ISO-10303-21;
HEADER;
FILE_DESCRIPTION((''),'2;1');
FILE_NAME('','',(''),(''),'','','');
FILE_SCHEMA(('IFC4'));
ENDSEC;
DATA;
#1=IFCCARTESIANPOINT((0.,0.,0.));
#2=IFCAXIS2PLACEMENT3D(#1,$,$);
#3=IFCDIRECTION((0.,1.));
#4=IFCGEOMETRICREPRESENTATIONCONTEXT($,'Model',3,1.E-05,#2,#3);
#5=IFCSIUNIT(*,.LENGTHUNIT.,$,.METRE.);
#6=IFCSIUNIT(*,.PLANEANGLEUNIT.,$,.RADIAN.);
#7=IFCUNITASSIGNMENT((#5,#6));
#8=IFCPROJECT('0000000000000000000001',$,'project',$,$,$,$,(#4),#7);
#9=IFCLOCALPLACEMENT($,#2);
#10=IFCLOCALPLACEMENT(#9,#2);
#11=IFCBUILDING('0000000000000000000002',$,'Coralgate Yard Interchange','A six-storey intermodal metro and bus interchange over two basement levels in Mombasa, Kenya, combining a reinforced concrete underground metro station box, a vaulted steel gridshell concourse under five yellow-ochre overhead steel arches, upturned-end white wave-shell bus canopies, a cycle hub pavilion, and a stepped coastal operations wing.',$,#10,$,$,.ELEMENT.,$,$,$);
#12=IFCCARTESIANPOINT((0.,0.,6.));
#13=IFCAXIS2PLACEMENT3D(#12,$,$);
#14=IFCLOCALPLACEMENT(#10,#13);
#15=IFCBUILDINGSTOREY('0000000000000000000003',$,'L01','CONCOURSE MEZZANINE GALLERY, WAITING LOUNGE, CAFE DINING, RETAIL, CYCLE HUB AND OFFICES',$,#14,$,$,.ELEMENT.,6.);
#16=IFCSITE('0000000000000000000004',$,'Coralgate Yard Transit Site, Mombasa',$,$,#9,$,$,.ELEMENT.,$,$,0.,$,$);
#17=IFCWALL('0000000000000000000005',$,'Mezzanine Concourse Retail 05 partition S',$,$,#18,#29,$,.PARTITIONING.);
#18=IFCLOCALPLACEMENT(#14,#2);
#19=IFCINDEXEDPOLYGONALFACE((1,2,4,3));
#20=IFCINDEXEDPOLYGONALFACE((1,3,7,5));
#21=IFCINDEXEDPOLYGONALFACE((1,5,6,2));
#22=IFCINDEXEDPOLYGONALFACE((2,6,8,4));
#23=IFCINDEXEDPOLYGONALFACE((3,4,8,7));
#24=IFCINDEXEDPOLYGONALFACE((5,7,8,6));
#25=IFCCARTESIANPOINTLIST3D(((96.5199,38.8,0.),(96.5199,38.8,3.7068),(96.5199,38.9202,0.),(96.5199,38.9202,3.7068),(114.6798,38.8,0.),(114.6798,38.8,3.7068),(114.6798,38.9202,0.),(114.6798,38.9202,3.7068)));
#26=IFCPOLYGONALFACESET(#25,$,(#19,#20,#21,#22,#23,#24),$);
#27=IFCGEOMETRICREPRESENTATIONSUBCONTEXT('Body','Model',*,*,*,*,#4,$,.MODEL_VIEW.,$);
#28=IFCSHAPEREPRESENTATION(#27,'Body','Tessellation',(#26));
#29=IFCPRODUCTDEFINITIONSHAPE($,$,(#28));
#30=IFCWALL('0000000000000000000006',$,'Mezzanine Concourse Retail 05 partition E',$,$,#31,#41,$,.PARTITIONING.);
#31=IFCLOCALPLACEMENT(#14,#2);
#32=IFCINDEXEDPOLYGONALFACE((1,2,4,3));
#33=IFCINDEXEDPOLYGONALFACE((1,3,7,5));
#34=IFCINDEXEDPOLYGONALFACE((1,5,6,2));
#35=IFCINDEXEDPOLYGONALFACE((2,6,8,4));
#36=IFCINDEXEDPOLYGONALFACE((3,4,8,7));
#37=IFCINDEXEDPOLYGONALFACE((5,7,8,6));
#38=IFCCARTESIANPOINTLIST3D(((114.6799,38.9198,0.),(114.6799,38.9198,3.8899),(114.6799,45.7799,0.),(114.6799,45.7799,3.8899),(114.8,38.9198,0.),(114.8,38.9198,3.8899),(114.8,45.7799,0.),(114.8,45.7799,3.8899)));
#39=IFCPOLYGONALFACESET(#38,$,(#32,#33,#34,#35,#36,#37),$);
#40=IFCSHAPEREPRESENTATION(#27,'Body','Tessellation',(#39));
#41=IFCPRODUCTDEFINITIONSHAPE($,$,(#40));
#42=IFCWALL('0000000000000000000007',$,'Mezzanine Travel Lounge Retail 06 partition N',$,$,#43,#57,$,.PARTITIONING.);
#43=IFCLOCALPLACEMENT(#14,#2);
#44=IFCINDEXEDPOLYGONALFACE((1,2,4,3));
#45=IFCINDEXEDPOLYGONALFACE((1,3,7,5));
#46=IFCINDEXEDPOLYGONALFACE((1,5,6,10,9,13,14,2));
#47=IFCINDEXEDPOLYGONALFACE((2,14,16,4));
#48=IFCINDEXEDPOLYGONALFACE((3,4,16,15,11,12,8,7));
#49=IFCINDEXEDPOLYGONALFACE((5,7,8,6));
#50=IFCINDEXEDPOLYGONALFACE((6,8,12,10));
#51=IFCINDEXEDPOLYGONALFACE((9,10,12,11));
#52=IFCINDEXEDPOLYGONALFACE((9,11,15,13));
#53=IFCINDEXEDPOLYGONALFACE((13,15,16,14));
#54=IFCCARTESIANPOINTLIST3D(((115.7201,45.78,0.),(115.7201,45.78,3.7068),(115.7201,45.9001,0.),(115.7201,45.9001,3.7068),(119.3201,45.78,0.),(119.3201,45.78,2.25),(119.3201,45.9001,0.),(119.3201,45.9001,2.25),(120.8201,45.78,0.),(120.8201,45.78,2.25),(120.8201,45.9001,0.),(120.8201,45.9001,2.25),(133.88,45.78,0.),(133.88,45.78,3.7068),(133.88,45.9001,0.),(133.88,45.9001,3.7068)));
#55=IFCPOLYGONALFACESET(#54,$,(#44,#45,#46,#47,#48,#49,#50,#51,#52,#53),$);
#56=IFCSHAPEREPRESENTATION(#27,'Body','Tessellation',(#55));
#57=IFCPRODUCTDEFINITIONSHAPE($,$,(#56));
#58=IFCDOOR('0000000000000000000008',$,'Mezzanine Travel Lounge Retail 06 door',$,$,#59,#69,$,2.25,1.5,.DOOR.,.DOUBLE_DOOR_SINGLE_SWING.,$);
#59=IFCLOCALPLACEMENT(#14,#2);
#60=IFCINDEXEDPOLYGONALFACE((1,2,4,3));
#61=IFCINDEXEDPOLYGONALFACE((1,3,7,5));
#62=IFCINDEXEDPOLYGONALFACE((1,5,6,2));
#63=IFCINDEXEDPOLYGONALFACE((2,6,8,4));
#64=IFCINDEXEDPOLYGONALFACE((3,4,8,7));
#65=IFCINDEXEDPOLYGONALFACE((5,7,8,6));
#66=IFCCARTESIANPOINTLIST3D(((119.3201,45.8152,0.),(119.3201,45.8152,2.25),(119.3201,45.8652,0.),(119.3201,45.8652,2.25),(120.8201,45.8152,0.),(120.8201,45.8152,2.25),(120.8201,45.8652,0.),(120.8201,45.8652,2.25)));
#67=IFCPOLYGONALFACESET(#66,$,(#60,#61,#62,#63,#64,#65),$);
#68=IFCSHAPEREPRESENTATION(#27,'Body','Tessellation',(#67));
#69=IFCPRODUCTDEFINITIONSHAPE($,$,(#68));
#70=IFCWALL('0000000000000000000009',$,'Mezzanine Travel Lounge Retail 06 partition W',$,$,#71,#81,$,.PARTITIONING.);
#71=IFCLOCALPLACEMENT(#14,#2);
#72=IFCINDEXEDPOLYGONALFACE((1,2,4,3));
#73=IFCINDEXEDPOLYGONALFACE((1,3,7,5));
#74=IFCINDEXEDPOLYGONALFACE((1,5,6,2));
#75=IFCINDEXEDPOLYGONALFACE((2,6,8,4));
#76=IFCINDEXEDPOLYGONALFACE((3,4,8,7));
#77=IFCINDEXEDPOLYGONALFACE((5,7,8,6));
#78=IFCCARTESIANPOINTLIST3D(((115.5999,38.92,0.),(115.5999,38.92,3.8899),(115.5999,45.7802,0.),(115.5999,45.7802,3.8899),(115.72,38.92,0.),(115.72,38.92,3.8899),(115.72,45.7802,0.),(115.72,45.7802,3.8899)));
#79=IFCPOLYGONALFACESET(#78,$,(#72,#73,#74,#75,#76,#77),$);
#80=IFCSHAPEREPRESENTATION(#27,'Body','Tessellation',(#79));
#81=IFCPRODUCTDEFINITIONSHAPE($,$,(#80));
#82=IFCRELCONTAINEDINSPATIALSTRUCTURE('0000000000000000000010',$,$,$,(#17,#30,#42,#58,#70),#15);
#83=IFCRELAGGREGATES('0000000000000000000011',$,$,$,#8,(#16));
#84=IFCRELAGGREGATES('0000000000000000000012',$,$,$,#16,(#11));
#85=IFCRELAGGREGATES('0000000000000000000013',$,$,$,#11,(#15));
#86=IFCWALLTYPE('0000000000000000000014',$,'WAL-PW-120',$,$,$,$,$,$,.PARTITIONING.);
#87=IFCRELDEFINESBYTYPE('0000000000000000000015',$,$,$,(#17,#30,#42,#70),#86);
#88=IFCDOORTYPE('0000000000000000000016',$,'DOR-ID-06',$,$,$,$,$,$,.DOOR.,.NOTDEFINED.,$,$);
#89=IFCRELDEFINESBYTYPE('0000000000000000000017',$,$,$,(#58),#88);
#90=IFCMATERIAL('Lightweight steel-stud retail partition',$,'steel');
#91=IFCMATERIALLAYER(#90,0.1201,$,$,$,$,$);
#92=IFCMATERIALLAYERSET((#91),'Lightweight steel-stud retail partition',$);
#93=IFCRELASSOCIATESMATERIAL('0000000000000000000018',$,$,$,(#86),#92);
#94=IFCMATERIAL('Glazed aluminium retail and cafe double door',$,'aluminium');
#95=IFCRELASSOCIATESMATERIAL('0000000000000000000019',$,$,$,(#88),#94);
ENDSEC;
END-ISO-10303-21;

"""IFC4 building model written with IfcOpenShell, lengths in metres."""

from ifc_helpers import new_model, si_unit, direction, frame, frame_2d, origin, place, context, subcontext, project, spatial, rectangle, extrude, material, layer, layer_set, type_object, element, fill, save


model = new_model("IFC4")

# Units and contexts
model_context = context("Model", 3, precision=1e-05, world=origin(), true_north=direction((0.0, 1.0)))
body_context = subcontext(model_context, "Body", "Model", "MODEL_VIEW")
ifc_project = project(units=[si_unit("LENGTHUNIT", "METRE"), si_unit("PLANEANGLEUNIT", "RADIAN")], contexts=[model_context])

# Site, building, storey
site_placement = place(None, origin())
site = spatial("IfcSite", under=ifc_project, at=site_placement, Name="Coralgate Yard Transit Site, Mombasa", CompositionType="ELEMENT", RefElevation=0.0)
building_placement = place(site_placement, origin())
building = spatial("IfcBuilding", under=site, at=building_placement, Name="Coralgate Yard Interchange", Description="A six-storey intermodal metro and bus interchange over two basement levels in Mombasa, Kenya, combining a reinforced concrete underground metro station box, a vaulted steel gridshell concourse under five yellow-ochre overhead steel arches, upturned-end white wave-shell bus canopies, a cycle hub pavilion, and a stepped coastal operations wing.", CompositionType="ELEMENT")
storey_placement = place(building_placement, frame((0.0, 0.0, 6.0)))
storey = spatial("IfcBuildingStorey", under=building, at=storey_placement, Name="L01", Description="CONCOURSE MEZZANINE GALLERY, WAITING LOUNGE, CAFE DINING, RETAIL, CYCLE HUB AND OFFICES", CompositionType="ELEMENT", Elevation=6.0)

# Walls
ifc_material_1 = material(Name="Lightweight steel-stud retail partition", Category="steel")
ifc_layer_1 = layer(ifc_material_1, 0.1201)
ifc_layer_set_1 = layer_set([ifc_layer_1], Name="Lightweight steel-stud retail partition")
wall_type_1 = type_object("IfcWallType", Name="WAL-PW-120", PredefinedType="PARTITIONING", material=ifc_layer_set_1)
wall_1_placement = place(storey_placement, frame((114.6799, 38.8601, 0.0), z_axis=(0.0, 0.0, 1.0), x_axis=(-1.0, 0.0, 0.0)))
element("IfcWall", 1, at=wall_1_placement, inside=storey, type_object=wall_type_1, Name="Mezzanine Concourse Retail 05 partition S", PredefinedType="PARTITIONING", context=body_context, shape_type="SweptSolid", body=[
    extrude(rectangle(XDim=18.1599, YDim=0.1201, at=frame_2d((9.0801, 0.0))), origin(), (0.0, 0.0, 1.0), 3.7068),
])
wall_2_placement = place(storey_placement, frame((114.74, 45.78, 0.0), z_axis=(0.0, 0.0, 1.0), x_axis=(0.0, -1.0, 0.0)))
element("IfcWall", 2, at=wall_2_placement, inside=storey, type_object=wall_type_1, Name="Mezzanine Concourse Retail 05 partition E", PredefinedType="PARTITIONING", context=body_context, shape_type="SweptSolid", body=[
    extrude(rectangle(XDim=6.8601, YDim=0.1201, at=frame_2d((3.4302, 0.0))), origin(), (0.0, 0.0, 1.0), 3.8899),
])

# Wall, opening, door
wall_3_placement = place(storey_placement, frame((115.72, 45.8401, 0.0), z_axis=(0.0, 0.0, 1.0), x_axis=(1.0, 0.0, 0.0)))
wall_3 = element("IfcWall", 3, at=wall_3_placement, inside=storey, type_object=wall_type_1, Name="Mezzanine Travel Lounge Retail 06 partition N", PredefinedType="PARTITIONING", context=body_context, shape_type="SweptSolid", body=[
    extrude(rectangle(XDim=18.1599, YDim=0.1201, at=frame_2d((9.0801, 0.0))), origin(), (0.0, 0.0, 1.0), 3.7068),
])
opening_1_placement = place(wall_3_placement, frame((3.6001, 0.0, 0.0)))
opening_1 = element("IfcOpeningElement", 4, at=opening_1_placement, cuts=wall_3, PredefinedType="OPENING", context=body_context, shape_type="SweptSolid", body=[
    extrude(rectangle(XDim=1.5, YDim=2.25, at=frame_2d((0.75, 1.125))), frame((0.0, 0.0701, 0.0), z_axis=(0.0, -1.0, 0.0), x_axis=(1.0, 0.0, 0.0)), (0.0, 0.0, 1.0), 0.1401),
])
ifc_material_2 = material(Name="Glazed aluminium retail and cafe double door", Category="aluminium")
door_type = type_object("IfcDoorType", Name="DOR-ID-06", OperationType="NOTDEFINED", PredefinedType="DOOR", material=ifc_material_2)
door_placement = place(opening_1_placement, frame((1.5, 0.0, 0.0), z_axis=(0.0, 0.0, 1.0), x_axis=(-1.0, 0.0, 0.0)))
door = element("IfcDoor", 5, at=door_placement, inside=storey, type_object=door_type, Name="Mezzanine Travel Lounge Retail 06 door", OperationType="DOUBLE_DOOR_SINGLE_SWING", OverallHeight=2.25, OverallWidth=1.5, PredefinedType="DOOR", context=body_context, shape_type="SweptSolid", body=[
    extrude(rectangle(XDim=1.5, YDim=2.25, at=frame_2d((0.75, 1.125))), frame((0.0, 0.0249, 0.0), z_axis=(0.0, -1.0, 0.0), x_axis=(1.0, 0.0, 0.0)), (0.0, 0.0, 1.0), 0.05),
])
fill(opening_1, door)

# Wall
wall_4_placement = place(storey_placement, frame((115.6599, 38.9199, 0.0), z_axis=(0.0, 0.0, 1.0), x_axis=(0.0, 1.0, 0.0)))
element("IfcWall", 6, at=wall_4_placement, inside=storey, type_object=wall_type_1, Name="Mezzanine Travel Lounge Retail 06 partition W", PredefinedType="PARTITIONING", context=body_context, shape_type="SweptSolid", body=[
    extrude(rectangle(XDim=6.8601, YDim=0.1201, at=frame_2d((3.4302, 0.0))), origin(), (0.0, 0.0, 1.0), 3.8899),
])

save(model, "model.ifc")
